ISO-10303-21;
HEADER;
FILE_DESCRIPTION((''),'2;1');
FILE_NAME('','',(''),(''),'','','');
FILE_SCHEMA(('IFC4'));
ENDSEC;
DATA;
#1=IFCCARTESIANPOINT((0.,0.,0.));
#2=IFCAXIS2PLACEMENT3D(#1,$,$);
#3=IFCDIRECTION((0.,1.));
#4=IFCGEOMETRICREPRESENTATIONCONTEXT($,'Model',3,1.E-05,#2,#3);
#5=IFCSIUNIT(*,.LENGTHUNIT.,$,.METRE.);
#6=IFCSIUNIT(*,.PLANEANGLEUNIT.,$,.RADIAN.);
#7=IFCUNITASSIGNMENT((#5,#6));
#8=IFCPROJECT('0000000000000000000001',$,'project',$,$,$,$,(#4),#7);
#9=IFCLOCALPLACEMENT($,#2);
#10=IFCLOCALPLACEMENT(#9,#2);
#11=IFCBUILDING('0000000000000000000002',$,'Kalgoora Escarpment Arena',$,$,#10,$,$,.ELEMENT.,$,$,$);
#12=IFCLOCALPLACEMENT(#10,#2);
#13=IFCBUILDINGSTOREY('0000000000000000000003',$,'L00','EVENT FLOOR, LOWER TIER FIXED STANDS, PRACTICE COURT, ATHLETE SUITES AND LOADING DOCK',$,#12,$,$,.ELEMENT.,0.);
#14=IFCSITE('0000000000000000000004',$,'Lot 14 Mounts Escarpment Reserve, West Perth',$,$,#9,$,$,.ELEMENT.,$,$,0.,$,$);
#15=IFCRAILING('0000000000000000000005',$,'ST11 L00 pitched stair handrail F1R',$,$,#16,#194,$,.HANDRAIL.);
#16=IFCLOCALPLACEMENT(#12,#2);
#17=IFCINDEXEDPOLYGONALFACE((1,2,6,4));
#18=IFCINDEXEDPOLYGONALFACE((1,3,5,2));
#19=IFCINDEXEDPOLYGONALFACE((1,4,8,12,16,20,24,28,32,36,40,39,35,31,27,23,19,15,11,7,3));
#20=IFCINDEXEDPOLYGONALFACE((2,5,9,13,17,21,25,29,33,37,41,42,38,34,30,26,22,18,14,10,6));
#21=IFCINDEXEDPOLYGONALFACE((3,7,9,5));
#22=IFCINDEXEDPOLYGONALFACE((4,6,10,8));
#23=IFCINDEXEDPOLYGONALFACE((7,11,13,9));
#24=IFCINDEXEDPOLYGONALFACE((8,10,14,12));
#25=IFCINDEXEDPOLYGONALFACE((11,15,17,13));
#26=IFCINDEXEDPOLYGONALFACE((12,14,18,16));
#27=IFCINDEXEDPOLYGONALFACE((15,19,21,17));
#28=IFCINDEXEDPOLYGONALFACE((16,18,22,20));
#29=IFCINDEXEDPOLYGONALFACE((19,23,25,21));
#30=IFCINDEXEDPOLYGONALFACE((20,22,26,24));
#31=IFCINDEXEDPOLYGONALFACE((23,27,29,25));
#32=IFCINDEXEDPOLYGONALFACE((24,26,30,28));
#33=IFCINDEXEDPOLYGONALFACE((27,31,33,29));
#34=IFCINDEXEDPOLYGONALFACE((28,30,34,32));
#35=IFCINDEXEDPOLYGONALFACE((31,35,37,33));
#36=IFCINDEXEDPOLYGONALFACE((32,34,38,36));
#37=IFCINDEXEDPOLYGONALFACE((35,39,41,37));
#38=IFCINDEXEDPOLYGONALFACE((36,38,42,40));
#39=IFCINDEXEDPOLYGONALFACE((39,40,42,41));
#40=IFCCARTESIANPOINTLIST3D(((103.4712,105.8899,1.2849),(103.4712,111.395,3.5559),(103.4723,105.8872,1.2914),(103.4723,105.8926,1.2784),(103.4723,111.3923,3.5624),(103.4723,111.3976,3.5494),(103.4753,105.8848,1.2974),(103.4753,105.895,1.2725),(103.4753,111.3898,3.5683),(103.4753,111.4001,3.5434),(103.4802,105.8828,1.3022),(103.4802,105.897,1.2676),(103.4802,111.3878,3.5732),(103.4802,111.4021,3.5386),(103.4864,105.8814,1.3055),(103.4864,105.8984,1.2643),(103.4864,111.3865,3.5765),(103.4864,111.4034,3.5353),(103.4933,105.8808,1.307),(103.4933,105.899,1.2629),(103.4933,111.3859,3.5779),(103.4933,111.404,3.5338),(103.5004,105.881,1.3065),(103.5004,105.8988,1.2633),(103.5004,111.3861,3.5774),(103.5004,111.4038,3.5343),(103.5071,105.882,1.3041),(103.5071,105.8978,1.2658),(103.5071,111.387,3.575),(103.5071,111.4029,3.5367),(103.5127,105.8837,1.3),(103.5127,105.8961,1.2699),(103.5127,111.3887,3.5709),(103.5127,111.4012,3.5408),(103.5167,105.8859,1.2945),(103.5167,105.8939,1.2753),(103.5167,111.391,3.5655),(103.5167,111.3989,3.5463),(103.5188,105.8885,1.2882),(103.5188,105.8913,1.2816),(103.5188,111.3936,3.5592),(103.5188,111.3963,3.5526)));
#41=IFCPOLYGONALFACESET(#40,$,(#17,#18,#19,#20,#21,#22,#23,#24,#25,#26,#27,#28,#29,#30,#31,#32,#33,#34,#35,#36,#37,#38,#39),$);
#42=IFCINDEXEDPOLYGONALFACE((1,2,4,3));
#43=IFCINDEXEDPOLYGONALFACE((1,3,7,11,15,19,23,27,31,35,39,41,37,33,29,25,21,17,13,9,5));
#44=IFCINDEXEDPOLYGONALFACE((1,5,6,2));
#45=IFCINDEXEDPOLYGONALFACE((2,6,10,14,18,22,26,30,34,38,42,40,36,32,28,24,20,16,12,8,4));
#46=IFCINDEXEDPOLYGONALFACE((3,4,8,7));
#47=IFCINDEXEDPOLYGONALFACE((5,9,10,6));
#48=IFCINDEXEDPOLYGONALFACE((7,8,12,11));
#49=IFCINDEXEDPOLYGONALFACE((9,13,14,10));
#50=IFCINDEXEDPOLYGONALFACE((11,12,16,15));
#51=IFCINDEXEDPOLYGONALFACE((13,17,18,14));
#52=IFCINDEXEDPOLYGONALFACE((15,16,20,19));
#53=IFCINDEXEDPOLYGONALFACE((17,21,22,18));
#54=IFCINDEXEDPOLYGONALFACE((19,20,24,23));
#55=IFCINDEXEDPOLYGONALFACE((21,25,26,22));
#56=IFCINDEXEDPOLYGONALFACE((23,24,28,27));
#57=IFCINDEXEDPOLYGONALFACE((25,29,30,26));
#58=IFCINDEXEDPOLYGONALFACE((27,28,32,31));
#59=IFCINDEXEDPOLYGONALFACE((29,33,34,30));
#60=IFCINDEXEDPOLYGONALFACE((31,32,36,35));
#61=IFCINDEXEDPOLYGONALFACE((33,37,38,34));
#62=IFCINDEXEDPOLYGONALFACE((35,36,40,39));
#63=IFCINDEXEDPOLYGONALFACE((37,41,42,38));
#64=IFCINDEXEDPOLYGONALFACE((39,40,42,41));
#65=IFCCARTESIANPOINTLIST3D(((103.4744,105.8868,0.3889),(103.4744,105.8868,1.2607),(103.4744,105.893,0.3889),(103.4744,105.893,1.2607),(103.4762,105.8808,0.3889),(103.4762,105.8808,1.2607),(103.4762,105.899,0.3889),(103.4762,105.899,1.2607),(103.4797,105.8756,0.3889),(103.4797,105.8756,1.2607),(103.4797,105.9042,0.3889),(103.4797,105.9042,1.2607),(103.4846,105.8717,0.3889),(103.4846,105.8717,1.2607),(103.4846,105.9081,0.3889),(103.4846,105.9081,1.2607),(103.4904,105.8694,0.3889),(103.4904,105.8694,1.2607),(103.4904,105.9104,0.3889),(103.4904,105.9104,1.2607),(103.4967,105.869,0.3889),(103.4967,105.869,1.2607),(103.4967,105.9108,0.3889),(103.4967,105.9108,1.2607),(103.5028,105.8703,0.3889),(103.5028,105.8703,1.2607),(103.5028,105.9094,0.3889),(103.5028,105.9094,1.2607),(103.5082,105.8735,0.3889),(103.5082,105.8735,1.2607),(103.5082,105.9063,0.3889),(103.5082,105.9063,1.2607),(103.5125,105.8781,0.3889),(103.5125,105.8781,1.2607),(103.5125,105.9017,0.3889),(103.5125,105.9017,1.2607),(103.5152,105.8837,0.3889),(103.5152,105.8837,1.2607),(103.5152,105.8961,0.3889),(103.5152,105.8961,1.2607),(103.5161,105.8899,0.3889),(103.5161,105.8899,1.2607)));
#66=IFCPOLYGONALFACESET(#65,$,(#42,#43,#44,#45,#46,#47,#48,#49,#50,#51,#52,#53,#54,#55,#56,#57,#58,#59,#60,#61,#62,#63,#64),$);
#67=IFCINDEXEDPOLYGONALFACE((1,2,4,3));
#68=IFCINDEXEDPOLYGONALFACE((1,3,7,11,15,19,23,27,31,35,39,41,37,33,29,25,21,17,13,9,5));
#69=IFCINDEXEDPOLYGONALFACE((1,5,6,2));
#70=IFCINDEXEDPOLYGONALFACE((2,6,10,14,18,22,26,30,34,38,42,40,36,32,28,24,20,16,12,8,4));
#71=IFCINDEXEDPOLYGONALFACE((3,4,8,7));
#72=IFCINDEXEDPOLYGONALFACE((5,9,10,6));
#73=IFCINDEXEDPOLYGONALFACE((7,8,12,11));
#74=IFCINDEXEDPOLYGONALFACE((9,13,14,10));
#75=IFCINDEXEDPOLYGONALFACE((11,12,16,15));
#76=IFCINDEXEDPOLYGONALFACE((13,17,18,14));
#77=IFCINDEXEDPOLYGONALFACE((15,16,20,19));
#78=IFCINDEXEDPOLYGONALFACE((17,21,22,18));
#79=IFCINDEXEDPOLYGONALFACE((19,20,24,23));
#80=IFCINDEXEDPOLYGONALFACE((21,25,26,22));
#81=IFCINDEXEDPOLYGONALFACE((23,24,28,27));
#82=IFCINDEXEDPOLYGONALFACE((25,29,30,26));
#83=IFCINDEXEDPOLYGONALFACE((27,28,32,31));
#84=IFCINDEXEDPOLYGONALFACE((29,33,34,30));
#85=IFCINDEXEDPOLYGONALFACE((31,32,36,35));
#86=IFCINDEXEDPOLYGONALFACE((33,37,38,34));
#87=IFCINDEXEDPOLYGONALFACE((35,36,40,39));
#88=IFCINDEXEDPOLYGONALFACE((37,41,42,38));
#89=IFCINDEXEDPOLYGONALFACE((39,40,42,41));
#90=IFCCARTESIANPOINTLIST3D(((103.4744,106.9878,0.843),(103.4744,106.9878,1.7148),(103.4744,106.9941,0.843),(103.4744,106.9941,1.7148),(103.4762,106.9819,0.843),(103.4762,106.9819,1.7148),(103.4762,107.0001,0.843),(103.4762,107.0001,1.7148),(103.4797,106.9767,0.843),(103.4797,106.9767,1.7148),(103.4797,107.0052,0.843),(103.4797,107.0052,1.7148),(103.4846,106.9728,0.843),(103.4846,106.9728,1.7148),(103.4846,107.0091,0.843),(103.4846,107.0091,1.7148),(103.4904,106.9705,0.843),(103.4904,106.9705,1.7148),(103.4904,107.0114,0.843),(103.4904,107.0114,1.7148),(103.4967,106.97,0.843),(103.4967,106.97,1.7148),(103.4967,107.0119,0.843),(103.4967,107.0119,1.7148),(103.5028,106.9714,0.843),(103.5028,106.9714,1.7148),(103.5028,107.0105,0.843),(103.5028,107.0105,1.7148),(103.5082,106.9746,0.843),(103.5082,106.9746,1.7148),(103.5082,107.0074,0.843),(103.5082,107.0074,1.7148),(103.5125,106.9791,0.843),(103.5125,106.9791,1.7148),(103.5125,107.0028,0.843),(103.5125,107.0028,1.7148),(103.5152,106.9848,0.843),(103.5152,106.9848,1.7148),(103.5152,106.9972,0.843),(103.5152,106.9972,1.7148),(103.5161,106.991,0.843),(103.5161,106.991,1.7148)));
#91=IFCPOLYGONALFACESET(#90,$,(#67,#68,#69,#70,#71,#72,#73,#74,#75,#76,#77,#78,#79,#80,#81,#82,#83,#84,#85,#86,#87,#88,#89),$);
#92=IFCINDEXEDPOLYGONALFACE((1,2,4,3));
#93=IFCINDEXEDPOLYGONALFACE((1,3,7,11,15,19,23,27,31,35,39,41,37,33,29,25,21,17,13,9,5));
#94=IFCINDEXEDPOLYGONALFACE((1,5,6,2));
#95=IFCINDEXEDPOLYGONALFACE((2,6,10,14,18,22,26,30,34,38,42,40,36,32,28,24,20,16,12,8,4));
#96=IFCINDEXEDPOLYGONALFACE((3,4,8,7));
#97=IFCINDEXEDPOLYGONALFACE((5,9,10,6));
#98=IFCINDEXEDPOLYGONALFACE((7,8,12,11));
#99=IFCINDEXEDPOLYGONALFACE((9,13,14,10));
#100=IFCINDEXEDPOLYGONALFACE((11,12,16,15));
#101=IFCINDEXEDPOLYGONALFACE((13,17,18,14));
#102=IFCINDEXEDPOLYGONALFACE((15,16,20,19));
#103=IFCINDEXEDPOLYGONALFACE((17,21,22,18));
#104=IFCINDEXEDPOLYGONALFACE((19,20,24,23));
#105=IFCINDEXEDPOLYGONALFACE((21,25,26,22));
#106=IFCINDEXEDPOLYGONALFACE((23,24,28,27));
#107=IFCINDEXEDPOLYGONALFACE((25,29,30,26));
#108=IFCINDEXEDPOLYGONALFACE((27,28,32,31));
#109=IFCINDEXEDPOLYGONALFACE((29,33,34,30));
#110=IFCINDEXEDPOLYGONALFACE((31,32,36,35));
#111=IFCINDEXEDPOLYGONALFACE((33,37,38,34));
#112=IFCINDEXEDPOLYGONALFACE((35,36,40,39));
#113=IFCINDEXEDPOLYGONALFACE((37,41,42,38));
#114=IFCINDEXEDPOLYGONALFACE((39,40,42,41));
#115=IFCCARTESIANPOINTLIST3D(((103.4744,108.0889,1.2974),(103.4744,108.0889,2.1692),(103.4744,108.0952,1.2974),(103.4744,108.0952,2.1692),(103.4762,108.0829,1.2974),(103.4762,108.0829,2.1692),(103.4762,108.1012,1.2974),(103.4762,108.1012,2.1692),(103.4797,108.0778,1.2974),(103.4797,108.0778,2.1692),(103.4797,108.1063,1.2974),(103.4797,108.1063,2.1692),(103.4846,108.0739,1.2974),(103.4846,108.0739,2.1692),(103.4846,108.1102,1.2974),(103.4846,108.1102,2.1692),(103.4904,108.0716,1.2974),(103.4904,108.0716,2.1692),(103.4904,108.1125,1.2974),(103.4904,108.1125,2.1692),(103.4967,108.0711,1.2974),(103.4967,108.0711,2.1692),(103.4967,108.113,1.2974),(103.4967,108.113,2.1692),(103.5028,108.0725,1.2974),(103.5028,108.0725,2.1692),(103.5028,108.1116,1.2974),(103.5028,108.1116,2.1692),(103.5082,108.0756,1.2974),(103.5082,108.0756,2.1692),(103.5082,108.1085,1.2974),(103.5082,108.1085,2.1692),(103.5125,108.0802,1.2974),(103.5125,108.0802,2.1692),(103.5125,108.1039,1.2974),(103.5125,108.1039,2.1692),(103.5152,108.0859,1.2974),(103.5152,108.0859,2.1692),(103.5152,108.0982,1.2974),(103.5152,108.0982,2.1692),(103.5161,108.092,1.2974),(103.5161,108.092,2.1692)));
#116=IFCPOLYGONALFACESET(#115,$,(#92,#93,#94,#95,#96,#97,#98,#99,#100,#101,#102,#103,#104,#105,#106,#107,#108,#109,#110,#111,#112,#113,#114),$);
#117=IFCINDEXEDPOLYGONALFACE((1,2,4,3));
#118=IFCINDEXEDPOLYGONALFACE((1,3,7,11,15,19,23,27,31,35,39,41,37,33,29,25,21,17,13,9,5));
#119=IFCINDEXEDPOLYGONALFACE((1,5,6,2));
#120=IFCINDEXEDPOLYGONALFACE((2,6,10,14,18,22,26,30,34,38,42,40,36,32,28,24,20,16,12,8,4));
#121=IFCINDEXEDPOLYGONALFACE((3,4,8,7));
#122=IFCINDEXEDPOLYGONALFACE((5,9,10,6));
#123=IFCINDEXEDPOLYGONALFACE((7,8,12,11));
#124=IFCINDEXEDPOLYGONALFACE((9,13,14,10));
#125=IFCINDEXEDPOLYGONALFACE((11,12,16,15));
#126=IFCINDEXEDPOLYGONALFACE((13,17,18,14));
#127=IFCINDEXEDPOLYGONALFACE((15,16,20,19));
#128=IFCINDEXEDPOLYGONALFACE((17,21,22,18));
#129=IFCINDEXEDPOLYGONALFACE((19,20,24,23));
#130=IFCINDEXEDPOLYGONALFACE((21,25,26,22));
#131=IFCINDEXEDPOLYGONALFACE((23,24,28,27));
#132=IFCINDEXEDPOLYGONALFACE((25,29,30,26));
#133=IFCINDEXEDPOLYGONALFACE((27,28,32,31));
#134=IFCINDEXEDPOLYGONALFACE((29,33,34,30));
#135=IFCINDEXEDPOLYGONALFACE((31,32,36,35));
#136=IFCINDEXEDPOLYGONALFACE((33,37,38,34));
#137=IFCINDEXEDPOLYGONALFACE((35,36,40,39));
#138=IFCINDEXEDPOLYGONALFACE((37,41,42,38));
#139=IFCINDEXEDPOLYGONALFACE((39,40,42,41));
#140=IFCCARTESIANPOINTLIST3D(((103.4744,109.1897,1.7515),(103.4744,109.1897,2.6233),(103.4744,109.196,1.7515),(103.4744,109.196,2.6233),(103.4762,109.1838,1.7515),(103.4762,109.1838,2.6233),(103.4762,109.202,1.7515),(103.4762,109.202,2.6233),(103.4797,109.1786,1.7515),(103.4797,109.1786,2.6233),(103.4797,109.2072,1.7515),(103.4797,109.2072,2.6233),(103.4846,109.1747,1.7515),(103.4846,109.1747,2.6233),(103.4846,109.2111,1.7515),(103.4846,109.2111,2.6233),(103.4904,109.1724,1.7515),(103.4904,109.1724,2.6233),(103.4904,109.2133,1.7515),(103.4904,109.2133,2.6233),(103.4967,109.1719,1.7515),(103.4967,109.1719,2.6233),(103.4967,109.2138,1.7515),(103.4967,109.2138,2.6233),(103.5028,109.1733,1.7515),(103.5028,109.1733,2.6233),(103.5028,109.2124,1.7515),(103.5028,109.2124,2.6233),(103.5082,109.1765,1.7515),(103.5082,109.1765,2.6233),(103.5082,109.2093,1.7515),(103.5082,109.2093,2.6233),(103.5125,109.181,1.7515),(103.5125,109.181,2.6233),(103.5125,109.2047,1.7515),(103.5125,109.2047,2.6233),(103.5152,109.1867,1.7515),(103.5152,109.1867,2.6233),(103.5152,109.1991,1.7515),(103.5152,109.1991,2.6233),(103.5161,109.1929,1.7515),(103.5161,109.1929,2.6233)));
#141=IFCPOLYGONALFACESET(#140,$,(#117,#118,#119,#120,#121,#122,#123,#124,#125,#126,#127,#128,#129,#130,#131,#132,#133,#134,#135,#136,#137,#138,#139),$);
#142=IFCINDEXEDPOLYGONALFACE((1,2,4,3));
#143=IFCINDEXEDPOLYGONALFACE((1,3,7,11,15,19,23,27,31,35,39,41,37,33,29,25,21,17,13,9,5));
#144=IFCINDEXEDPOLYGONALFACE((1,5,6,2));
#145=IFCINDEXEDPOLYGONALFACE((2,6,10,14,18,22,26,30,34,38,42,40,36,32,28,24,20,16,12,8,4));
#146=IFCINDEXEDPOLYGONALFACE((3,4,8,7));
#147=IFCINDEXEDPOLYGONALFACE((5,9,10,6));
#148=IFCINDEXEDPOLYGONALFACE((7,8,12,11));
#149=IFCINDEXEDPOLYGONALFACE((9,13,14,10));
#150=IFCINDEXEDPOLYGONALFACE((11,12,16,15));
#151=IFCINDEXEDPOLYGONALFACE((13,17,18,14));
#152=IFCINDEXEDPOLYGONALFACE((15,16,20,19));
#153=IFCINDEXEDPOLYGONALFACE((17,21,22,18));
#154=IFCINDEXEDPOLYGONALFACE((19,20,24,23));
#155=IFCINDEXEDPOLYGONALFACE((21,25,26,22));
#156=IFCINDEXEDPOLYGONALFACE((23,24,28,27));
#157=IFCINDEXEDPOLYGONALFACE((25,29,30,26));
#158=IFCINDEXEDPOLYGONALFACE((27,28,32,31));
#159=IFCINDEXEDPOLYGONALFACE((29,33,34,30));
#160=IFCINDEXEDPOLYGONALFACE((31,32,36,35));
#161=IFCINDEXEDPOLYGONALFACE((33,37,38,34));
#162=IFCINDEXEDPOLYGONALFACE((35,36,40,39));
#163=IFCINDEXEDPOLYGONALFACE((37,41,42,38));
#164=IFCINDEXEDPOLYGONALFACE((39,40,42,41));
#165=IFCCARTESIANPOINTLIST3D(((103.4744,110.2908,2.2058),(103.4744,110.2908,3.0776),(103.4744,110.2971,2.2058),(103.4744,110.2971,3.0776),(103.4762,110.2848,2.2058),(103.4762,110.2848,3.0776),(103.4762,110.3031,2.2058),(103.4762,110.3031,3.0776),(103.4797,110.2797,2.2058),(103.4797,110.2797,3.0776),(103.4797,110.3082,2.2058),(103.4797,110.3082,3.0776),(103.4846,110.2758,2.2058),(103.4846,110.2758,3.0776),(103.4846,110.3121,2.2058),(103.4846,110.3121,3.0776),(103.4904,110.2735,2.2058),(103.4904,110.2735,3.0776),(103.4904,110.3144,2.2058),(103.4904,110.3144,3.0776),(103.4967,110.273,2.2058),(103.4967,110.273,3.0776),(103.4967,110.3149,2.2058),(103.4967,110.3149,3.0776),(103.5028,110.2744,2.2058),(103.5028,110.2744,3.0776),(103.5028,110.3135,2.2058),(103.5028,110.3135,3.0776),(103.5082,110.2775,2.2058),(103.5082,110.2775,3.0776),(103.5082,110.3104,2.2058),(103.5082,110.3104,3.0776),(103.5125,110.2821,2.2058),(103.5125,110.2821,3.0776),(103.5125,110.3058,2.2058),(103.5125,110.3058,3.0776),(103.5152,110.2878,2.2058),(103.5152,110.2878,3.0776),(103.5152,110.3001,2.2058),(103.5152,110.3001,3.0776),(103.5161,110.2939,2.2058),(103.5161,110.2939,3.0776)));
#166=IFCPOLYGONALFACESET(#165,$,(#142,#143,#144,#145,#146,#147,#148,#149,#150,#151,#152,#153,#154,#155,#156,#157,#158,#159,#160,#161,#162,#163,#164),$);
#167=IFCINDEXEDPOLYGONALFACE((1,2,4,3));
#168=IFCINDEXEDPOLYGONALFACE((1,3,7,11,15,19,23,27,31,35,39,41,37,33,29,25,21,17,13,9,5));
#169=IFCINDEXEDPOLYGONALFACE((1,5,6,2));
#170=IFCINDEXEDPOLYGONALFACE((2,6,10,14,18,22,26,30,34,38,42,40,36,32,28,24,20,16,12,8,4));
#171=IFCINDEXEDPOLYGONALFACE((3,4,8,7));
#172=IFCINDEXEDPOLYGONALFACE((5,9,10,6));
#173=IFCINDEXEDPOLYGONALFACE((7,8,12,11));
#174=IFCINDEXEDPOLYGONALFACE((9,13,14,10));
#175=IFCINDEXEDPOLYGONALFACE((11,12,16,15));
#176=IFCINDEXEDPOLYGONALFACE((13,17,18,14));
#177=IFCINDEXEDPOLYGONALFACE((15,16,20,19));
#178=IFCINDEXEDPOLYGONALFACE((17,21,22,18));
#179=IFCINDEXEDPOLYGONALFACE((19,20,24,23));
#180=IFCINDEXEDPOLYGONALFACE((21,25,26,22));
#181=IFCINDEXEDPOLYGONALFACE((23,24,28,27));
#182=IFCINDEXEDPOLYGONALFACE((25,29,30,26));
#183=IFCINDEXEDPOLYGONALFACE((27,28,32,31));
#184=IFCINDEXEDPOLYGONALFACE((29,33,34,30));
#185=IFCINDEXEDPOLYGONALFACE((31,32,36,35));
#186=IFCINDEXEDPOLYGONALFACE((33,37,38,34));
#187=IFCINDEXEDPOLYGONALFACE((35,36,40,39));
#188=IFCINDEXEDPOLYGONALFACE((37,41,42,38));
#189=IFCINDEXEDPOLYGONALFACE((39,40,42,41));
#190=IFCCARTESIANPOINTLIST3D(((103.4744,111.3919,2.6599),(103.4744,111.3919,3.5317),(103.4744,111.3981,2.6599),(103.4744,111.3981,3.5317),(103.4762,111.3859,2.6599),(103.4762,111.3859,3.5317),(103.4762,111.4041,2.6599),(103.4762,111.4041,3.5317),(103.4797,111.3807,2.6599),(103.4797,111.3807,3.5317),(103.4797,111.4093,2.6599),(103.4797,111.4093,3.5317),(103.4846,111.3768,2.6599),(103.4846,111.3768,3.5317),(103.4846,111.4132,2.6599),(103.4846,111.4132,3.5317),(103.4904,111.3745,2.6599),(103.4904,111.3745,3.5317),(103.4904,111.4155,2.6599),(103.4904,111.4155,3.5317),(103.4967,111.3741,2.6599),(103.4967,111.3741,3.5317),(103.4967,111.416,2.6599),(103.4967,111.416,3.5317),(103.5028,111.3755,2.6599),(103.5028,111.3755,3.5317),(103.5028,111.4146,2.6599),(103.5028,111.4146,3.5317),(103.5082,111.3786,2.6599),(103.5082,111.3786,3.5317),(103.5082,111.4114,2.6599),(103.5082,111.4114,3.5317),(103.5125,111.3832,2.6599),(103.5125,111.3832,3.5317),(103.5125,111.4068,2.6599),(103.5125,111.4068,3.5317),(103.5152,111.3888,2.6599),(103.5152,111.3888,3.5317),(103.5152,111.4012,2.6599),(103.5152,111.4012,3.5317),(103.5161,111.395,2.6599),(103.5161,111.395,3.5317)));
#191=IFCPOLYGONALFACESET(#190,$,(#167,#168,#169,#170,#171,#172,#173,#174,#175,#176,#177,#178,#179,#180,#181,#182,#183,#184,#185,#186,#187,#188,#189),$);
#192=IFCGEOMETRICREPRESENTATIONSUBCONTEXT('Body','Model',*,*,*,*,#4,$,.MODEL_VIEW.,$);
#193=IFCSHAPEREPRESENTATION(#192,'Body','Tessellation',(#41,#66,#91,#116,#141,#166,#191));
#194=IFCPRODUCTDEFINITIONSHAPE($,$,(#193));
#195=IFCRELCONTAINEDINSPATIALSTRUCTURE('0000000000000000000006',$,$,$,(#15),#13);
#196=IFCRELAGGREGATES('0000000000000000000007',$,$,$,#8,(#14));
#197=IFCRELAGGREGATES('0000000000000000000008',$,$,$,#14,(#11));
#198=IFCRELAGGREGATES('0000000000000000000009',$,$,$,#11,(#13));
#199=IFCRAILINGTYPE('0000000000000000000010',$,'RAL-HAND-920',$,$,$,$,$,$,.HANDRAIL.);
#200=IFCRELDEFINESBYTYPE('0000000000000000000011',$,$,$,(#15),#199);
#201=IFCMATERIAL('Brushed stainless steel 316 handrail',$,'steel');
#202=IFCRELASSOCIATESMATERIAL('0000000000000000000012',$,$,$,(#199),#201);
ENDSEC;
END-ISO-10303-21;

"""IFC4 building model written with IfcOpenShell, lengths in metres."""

from ifc_helpers import new_model, si_unit, direction, frame, origin, origin_2d, place, context, subcontext, project, spatial, circle, extrude, material, type_object, element, save


model = new_model("IFC4")

# Units and contexts
model_context = context("Model", 3, precision=1e-05, world=origin(), true_north=direction((0.0, 1.0)))
body_context = subcontext(model_context, "Body", "Model", "MODEL_VIEW")
ifc_project = project(units=[si_unit("LENGTHUNIT", "METRE"), si_unit("PLANEANGLEUNIT", "RADIAN")], contexts=[model_context])

# Site, building, storey
site_placement = place(None, origin())
site = spatial("IfcSite", under=ifc_project, at=site_placement, Name="Lot 14 Mounts Escarpment Reserve, West Perth", CompositionType="ELEMENT", RefElevation=0.0)
building_placement = place(site_placement, origin())
building = spatial("IfcBuilding", under=site, at=building_placement, Name="Kalgoora Escarpment Arena", CompositionType="ELEMENT")
storey_placement = place(building_placement, origin())
storey = spatial("IfcBuildingStorey", under=building, at=storey_placement, Name="L00", Description="EVENT FLOOR, LOWER TIER FIXED STANDS, PRACTICE COURT, ATHLETE SUITES AND LOADING DOCK", CompositionType="ELEMENT", Elevation=0.0)

# Railing
ifc_material_1 = material(Name="Brushed stainless steel 316 handrail", Category="steel")
railing_type = type_object("IfcRailingType", Name="RAL-HAND-920", PredefinedType="HANDRAIL", material=ifc_material_1)
for number, where, name in (
    (1, (103.4951, 105.8899, 0.3889), "ST11 L00 pitched stair handrail F1R"),
):
    element("IfcRailing", number, at=place(storey_placement, frame(where)), inside=storey, type_object=railing_type, Name=name, PredefinedType="HANDRAIL", context=body_context, shape_type="SweptSolid", body=[
        extrude(circle(Radius=0.0239, at=origin_2d()), frame((0.0, 0.0, 0.896), z_axis=(0.0, 0.924431, 0.38135), x_axis=(-1.0, 0.0, 0.0)), (0.0, 0.0, 1.0), 5.9551),
        extrude(circle(Radius=0.021, at=origin_2d()), origin(), (0.0, 0.0, 1.0), 0.8718),
        extrude(circle(Radius=0.021, at=origin_2d()), frame((0.0, 1.1011, 0.4541)), (0.0, 0.0, 1.0), 0.8718),
        extrude(circle(Radius=0.021, at=origin_2d()), frame((0.0, 2.2021, 0.9084)), (0.0, 0.0, 1.0), 0.8718),
        extrude(circle(Radius=0.021, at=origin_2d()), frame((0.0, 3.303, 1.3625)), (0.0, 0.0, 1.0), 0.8718),
        extrude(circle(Radius=0.021, at=origin_2d()), frame((0.0, 4.4041, 1.8169)), (0.0, 0.0, 1.0), 0.8718),
        extrude(circle(Radius=0.021, at=origin_2d()), frame((0.0, 5.5051, 2.271)), (0.0, 0.0, 1.0), 0.8718),
    ])

save(model, "model.ifc")
